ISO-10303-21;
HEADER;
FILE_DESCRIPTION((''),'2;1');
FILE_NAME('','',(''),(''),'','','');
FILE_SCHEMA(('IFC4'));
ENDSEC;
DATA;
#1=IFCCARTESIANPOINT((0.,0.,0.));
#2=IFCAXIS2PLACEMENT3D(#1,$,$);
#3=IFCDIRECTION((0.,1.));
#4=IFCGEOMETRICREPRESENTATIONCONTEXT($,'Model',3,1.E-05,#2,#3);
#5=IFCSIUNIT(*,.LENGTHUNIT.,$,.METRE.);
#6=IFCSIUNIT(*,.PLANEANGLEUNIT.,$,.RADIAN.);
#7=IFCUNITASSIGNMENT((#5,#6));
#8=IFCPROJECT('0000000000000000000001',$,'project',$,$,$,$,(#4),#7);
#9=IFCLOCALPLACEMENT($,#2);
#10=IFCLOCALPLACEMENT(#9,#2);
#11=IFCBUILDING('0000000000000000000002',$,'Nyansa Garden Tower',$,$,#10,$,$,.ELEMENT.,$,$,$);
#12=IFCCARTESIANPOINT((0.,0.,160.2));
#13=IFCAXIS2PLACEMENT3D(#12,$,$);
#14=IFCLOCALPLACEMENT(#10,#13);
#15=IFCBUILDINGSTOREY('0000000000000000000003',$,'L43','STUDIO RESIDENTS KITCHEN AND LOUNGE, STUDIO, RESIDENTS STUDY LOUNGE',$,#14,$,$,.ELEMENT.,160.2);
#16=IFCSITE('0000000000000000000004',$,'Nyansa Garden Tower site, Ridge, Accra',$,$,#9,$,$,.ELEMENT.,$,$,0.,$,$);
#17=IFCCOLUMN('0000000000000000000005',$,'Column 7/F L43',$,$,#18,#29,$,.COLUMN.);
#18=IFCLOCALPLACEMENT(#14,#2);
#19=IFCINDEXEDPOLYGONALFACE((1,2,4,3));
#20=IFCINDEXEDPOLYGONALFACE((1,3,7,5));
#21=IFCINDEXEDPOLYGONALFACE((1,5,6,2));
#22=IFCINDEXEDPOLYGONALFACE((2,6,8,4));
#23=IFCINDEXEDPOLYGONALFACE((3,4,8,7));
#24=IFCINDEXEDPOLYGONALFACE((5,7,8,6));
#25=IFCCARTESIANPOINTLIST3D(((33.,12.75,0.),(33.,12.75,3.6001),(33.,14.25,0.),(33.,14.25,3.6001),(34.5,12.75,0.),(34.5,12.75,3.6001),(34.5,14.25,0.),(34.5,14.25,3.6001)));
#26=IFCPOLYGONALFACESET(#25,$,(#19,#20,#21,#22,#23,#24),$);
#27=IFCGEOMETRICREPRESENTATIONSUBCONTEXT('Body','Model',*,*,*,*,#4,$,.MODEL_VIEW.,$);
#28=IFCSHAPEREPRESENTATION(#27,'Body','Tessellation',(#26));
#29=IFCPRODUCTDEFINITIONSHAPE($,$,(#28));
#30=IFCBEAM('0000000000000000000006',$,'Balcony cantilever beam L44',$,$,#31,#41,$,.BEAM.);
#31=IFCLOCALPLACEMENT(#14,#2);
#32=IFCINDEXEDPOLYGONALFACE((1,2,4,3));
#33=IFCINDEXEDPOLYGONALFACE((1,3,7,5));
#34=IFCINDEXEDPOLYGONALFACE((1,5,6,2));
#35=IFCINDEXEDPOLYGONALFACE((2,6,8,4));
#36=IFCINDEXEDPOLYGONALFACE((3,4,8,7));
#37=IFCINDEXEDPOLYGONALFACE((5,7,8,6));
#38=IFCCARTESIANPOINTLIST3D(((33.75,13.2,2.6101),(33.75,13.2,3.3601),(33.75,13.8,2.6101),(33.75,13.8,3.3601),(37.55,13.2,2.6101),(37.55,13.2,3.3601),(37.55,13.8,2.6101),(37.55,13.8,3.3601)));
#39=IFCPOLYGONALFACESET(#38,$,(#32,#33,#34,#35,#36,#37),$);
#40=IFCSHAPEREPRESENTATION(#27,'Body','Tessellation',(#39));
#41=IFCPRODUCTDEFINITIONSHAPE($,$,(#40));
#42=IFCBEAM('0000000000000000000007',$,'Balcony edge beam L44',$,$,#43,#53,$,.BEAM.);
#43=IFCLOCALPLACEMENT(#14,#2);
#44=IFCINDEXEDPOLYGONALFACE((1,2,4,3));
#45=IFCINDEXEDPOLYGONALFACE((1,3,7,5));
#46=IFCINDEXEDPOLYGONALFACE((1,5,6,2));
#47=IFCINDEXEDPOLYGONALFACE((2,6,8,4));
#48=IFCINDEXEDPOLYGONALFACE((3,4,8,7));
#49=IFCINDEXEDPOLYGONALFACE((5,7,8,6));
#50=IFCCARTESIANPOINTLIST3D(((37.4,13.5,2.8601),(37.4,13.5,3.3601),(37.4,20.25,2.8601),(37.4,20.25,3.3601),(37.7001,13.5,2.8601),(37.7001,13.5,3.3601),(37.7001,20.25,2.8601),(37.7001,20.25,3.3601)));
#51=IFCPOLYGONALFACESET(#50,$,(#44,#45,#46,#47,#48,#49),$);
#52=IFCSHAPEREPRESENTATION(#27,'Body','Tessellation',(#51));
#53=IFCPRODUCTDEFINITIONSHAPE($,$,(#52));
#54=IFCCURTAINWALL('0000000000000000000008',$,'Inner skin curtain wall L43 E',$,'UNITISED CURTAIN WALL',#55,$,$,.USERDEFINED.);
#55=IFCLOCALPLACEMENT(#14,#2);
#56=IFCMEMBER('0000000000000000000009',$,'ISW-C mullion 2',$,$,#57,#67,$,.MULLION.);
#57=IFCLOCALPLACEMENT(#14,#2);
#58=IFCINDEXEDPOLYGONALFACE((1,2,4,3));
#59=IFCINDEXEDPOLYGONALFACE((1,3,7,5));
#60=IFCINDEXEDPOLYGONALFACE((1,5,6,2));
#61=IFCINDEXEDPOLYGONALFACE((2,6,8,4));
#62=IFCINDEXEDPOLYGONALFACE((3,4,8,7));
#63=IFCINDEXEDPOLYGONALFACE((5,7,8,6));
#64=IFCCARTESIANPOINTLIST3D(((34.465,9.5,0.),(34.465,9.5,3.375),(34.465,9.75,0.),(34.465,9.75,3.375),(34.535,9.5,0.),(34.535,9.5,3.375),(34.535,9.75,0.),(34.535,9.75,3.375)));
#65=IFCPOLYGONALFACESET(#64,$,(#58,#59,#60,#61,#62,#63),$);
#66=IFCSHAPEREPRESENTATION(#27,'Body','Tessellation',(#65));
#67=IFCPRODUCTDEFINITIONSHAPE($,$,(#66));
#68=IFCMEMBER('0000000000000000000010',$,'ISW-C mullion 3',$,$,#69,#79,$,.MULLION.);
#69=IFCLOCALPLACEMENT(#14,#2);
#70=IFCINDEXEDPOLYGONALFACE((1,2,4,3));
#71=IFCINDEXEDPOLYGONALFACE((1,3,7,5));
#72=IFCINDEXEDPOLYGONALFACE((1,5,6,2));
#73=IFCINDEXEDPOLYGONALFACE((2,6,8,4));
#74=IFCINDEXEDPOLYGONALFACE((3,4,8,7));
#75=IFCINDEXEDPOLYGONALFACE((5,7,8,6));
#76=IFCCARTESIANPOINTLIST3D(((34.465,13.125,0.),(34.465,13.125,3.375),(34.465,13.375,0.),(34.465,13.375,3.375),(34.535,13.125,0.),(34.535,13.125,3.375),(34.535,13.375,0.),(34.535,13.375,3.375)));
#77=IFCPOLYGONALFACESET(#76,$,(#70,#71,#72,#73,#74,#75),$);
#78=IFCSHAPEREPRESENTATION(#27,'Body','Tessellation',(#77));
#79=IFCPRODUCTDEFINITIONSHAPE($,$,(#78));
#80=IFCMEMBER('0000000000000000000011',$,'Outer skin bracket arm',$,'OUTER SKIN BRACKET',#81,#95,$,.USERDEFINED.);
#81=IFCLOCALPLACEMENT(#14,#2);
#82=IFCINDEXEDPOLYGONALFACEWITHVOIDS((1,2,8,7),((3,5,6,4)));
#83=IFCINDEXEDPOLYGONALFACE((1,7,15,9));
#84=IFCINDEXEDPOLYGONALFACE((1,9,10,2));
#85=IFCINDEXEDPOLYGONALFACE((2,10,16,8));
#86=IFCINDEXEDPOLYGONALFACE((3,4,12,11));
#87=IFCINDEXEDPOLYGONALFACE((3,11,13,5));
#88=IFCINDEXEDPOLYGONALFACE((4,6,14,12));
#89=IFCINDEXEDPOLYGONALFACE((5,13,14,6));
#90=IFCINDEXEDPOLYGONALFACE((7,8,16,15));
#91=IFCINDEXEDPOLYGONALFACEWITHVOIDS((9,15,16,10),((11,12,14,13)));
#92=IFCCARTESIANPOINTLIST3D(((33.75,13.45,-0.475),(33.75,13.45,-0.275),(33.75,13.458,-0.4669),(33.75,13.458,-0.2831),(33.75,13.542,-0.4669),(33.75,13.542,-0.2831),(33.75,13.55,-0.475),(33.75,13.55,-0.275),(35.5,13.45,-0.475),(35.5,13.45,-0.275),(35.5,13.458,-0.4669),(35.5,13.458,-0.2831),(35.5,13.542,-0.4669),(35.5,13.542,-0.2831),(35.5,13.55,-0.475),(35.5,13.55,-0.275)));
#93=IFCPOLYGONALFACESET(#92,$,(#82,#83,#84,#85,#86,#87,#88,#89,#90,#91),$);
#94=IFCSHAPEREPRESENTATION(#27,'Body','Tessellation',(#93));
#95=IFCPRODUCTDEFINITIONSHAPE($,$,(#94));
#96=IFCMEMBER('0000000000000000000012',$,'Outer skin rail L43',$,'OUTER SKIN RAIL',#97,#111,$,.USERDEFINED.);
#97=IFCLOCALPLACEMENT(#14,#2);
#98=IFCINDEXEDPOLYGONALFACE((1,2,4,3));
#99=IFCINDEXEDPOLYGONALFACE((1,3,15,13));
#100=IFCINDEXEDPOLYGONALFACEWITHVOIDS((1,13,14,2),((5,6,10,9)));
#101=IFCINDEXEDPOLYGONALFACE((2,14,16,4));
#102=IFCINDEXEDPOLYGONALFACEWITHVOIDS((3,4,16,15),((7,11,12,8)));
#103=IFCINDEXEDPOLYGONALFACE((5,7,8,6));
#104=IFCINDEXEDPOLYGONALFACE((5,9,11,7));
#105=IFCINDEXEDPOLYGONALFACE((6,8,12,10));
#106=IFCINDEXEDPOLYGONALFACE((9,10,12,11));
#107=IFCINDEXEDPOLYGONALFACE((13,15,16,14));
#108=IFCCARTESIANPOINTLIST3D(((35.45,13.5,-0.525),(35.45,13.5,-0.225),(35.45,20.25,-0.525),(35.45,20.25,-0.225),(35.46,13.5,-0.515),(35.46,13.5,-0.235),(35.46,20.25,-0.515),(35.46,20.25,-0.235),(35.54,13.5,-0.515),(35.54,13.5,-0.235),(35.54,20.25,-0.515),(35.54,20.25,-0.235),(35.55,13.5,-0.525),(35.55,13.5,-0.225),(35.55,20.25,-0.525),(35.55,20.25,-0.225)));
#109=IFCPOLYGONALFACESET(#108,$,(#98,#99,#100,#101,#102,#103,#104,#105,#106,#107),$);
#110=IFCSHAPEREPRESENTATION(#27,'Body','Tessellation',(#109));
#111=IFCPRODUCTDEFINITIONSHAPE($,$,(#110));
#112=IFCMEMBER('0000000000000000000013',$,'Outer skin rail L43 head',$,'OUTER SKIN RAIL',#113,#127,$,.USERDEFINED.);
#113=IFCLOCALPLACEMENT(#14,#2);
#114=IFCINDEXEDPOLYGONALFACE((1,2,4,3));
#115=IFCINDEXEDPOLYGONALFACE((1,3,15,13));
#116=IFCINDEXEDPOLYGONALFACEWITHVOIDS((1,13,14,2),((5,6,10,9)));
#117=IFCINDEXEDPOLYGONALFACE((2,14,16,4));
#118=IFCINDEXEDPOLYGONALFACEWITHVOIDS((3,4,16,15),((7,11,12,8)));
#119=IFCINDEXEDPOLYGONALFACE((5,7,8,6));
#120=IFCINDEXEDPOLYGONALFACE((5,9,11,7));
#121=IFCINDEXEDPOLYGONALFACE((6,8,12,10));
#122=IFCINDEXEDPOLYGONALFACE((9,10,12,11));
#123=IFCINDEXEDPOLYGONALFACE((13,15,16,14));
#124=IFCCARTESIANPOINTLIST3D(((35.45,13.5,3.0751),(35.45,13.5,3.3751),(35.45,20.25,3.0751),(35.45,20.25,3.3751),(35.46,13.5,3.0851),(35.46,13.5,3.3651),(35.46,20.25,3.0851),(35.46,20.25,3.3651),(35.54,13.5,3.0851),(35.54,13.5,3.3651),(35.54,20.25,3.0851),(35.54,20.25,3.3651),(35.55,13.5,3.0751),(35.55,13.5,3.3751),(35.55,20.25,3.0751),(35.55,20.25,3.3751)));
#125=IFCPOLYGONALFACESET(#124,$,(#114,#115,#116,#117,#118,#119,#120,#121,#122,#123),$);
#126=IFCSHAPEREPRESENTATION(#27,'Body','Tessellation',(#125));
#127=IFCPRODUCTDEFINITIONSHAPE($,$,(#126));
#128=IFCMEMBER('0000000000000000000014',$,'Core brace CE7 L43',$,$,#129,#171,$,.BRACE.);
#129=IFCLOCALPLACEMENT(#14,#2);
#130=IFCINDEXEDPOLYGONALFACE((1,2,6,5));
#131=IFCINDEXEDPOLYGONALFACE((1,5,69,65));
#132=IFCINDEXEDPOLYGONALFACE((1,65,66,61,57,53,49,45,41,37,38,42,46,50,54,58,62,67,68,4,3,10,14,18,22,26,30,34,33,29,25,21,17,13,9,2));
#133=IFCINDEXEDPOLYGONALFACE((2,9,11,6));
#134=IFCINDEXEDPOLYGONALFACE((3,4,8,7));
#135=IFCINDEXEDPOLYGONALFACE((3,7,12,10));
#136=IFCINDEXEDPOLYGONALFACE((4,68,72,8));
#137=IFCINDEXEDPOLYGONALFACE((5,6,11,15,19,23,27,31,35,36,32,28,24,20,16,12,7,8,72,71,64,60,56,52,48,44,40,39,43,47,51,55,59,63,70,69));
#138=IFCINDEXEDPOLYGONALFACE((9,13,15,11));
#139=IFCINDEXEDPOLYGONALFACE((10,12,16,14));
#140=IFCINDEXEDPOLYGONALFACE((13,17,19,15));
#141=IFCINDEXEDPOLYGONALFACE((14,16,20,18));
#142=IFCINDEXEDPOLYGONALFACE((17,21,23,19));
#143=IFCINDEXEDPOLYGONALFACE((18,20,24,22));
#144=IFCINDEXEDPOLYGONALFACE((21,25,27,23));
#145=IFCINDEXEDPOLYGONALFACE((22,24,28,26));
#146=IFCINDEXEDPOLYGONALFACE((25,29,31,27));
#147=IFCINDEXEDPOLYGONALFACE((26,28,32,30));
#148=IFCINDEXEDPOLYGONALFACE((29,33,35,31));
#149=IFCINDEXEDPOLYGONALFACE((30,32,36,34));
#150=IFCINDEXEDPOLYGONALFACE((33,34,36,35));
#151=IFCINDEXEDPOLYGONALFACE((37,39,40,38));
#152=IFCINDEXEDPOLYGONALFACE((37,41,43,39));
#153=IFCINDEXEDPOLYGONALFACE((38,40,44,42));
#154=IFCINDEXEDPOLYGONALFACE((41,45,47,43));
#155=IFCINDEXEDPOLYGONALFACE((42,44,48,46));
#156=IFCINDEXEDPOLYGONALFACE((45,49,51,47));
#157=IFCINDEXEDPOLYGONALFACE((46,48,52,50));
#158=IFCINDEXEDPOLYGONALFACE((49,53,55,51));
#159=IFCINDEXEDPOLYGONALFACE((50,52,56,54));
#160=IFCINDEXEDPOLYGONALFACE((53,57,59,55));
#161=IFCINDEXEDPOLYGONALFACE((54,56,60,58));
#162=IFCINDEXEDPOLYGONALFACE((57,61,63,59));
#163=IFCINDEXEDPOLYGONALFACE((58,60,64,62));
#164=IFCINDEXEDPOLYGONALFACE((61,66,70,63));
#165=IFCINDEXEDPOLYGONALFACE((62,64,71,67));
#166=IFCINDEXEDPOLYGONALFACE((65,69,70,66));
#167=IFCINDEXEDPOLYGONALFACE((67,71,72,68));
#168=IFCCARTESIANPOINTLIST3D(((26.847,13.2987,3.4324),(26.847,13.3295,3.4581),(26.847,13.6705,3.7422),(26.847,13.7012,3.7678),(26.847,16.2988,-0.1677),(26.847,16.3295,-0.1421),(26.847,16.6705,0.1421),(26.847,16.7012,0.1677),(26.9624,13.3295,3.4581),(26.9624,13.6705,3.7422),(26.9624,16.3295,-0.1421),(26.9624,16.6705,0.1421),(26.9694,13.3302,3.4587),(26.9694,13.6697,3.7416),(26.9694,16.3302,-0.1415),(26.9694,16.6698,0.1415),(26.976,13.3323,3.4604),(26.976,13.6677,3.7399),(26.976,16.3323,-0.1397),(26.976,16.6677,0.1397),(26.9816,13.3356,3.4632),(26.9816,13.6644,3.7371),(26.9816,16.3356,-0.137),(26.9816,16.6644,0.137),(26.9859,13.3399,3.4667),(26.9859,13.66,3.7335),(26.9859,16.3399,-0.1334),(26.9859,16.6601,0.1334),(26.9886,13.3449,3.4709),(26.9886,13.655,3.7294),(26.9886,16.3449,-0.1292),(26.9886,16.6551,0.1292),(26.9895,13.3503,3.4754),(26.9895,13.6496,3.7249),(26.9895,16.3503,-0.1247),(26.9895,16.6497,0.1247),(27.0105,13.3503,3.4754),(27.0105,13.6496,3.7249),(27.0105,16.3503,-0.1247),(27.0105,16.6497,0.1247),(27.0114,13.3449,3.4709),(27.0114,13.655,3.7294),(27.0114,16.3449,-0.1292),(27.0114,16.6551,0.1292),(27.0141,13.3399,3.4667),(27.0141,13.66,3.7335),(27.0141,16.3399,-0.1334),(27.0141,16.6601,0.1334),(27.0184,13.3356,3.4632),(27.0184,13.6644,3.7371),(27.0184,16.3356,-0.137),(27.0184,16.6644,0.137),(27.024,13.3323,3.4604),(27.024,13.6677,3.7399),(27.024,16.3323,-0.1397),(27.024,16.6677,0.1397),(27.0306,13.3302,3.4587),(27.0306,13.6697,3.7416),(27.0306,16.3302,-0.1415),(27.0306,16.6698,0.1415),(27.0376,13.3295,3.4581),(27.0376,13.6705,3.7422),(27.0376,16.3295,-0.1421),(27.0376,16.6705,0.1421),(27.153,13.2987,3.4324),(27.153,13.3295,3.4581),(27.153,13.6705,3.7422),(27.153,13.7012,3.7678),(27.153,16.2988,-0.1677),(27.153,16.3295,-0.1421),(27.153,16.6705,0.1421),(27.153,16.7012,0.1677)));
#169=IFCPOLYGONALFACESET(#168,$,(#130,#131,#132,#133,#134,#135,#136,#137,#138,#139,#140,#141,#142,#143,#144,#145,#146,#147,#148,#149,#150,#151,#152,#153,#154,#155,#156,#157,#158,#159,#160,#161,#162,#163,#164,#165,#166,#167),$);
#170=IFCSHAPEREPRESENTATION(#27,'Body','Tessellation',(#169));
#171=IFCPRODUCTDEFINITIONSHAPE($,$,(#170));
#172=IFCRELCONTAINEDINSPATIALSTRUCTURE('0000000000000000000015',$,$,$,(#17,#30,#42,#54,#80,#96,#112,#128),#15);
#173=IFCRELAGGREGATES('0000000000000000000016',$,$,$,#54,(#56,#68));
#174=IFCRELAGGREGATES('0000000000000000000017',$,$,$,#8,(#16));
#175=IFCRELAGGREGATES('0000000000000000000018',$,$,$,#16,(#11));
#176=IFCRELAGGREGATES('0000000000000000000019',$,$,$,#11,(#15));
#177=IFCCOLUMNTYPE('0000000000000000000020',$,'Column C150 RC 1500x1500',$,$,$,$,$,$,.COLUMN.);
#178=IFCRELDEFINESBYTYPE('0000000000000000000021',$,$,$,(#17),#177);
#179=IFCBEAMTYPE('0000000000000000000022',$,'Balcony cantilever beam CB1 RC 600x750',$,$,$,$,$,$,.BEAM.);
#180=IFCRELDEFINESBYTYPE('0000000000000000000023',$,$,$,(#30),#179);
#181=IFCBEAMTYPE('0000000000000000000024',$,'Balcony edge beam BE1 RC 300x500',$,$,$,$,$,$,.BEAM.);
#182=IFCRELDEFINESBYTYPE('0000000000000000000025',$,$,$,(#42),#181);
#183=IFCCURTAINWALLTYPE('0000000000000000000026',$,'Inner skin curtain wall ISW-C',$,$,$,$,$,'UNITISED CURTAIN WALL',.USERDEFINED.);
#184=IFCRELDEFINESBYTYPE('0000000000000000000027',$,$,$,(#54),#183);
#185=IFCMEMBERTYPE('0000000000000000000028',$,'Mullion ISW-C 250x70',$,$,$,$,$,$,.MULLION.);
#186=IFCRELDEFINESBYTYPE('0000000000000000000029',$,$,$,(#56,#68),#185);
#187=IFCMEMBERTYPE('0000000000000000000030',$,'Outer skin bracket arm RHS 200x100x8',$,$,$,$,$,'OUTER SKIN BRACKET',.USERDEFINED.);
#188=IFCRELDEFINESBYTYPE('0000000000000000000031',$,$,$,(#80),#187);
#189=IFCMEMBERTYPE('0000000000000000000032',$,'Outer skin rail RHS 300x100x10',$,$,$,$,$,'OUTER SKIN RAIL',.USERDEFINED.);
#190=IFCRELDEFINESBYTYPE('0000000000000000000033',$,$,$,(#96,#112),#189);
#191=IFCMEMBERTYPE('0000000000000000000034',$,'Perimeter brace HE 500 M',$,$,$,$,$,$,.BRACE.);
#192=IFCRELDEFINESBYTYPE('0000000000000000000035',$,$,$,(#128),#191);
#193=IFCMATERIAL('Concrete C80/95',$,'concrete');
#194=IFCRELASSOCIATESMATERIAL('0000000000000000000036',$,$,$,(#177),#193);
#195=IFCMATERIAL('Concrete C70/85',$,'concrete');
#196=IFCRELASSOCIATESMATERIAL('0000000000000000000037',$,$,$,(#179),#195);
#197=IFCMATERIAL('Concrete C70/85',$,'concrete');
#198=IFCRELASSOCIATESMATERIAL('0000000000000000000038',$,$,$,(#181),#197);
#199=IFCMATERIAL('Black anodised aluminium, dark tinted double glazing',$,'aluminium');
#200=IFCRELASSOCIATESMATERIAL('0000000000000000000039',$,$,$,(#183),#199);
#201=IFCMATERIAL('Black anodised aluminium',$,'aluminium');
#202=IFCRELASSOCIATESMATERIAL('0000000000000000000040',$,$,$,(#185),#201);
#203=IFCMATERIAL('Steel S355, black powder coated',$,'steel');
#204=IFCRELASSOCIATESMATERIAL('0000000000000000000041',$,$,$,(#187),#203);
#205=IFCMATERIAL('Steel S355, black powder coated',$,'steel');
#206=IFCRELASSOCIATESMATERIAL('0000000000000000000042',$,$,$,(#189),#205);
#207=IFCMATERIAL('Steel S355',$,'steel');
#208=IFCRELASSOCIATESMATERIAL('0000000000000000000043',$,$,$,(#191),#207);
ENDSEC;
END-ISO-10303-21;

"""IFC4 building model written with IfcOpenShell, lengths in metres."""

from ifc_helpers import new_model, si_unit, direction, frame, origin, origin_2d, place, context, subcontext, project, spatial, rectangle, hollow_rectangle, i_section, extrude, material, material_profile, profile_set, type_object, element, aggregate, save


model = new_model("IFC4")

# Units and contexts
model_context = context("Model", 3, precision=1e-05, world=origin(), true_north=direction((0.0, 1.0)))
body_context = subcontext(model_context, "Body", "Model", "MODEL_VIEW")
ifc_project = project(units=[si_unit("LENGTHUNIT", "METRE"), si_unit("PLANEANGLEUNIT", "RADIAN")], contexts=[model_context])

# Site, building, storey
site_placement = place(None, origin())
site = spatial("IfcSite", under=ifc_project, at=site_placement, Name="Nyansa Garden Tower site, Ridge, Accra", CompositionType="ELEMENT", RefElevation=0.0)
building_placement = place(site_placement, origin())
building = spatial("IfcBuilding", under=site, at=building_placement, Name="Nyansa Garden Tower", CompositionType="ELEMENT")
storey_placement = place(building_placement, frame((0.0, 0.0, 160.2)))
storey = spatial("IfcBuildingStorey", under=building, at=storey_placement, Name="L43", Description="STUDIO RESIDENTS KITCHEN AND LOUNGE, STUDIO, RESIDENTS STUDY LOUNGE", CompositionType="ELEMENT", Elevation=160.2)

# Column
ifc_material_1 = material(Name="Concrete C80/95", Category="concrete")
ifc_material_profile_1 = material_profile(ifc_material_1, rectangle(XDim=1.5, YDim=1.5, at=origin_2d()), Name="RC 1500x1500")
ifc_profile_set_1 = profile_set([ifc_material_profile_1], Name="Concrete C80/95")
column_type = type_object("IfcColumnType", Name="Column C150 RC 1500x1500", PredefinedType="COLUMN", material=ifc_profile_set_1)
column_placement = place(storey_placement, frame((33.75, 13.5, 0.0), z_axis=(0.0, 0.0, 1.0), x_axis=(1.0, 0.0, 0.0)))
element("IfcColumn", 1, at=column_placement, inside=storey, type_object=column_type, Name="Column 7/F L43", PredefinedType="COLUMN", context=body_context, shape_type="SweptSolid", body=[
    extrude(rectangle(XDim=1.5, YDim=1.5, at=origin_2d()), origin(), (0.0, 0.0, 1.0), 3.6001),
])

# Beams
ifc_material_2 = material(Name="Concrete C70/85", Category="concrete")
ifc_material_profile_2 = material_profile(ifc_material_2, rectangle(XDim=0.6001, YDim=0.75, at=origin_2d()), Name="RC 600x750")
ifc_profile_set_2 = profile_set([ifc_material_profile_2], Name="Concrete C70/85")
beam_type_1 = type_object("IfcBeamType", Name="Balcony cantilever beam CB1 RC 600x750", PredefinedType="BEAM", material=ifc_profile_set_2)
beam_1_placement = place(storey_placement, frame((33.75, 13.5, 2.9851), z_axis=(1.0, 0.0, 0.0), x_axis=(0.0, 1.0, 0.0)))
element("IfcBeam", 2, at=beam_1_placement, inside=storey, type_object=beam_type_1, Name="Balcony cantilever beam L44", PredefinedType="BEAM", context=body_context, shape_type="SweptSolid", body=[
    extrude(rectangle(XDim=0.6001, YDim=0.75, at=origin_2d()), origin(), (0.0, 0.0, 1.0), 3.8),
])
ifc_material_3 = material(Name="Concrete C70/85", Category="concrete")
ifc_material_profile_3 = material_profile(ifc_material_3, rectangle(XDim=0.3, YDim=0.5, at=origin_2d()), Name="RC 300x500")
ifc_profile_set_3 = profile_set([ifc_material_profile_3], Name="Concrete C70/85")
beam_type_2 = type_object("IfcBeamType", Name="Balcony edge beam BE1 RC 300x500", PredefinedType="BEAM", material=ifc_profile_set_3)
beam_2_placement = place(storey_placement, frame((37.55, 13.5, 3.1101), z_axis=(0.0, 1.0, 0.0), x_axis=(-1.0, 0.0, 0.0)))
element("IfcBeam", 3, at=beam_2_placement, inside=storey, type_object=beam_type_2, Name="Balcony edge beam L44", PredefinedType="BEAM", context=body_context, shape_type="SweptSolid", body=[
    extrude(rectangle(XDim=0.3, YDim=0.5, at=origin_2d()), origin(), (0.0, 0.0, 1.0), 6.75),
])

# Curtain wall, members
ifc_material_4 = material(Name="Black anodised aluminium, dark tinted double glazing", Category="aluminium")
curtain_wall_type = type_object("IfcCurtainWallType", Name="Inner skin curtain wall ISW-C", ElementType="UNITISED CURTAIN WALL", PredefinedType="USERDEFINED", material=ifc_material_4)
curtain_wall_placement = place(storey_placement, origin())
curtain_wall = element("IfcCurtainWall", 4, at=curtain_wall_placement, inside=storey, type_object=curtain_wall_type, Name="Inner skin curtain wall L43 E", ObjectType="UNITISED CURTAIN WALL", PredefinedType="USERDEFINED")
ifc_material_5 = material(Name="Black anodised aluminium", Category="aluminium")
ifc_material_profile_4 = material_profile(ifc_material_5, rectangle(XDim=0.0701, YDim=0.25, at=origin_2d()), Name="Mullion 250x70")
ifc_profile_set_4 = profile_set([ifc_material_profile_4], Name="Black anodised aluminium")
member_type_1 = type_object("IfcMemberType", Name="Mullion ISW-C 250x70", PredefinedType="MULLION", material=ifc_profile_set_4)
member_1_placement = place(storey_placement, frame((34.5, 9.625, 0.0), z_axis=(0.0, 0.0, 1.0), x_axis=(-1.0, 0.0, 0.0)))
member_1 = element("IfcMember", 5, at=member_1_placement, type_object=member_type_1, Name="ISW-C mullion 2", PredefinedType="MULLION", context=body_context, shape_type="SweptSolid", body=[
    extrude(rectangle(XDim=0.0701, YDim=0.25, at=origin_2d()), origin(), (0.0, 0.0, 1.0), 3.375),
])
member_2_placement = place(storey_placement, frame((34.5, 13.25, 0.0), z_axis=(0.0, 0.0, 1.0), x_axis=(-1.0, 0.0, 0.0)))
member_2 = element("IfcMember", 6, at=member_2_placement, type_object=member_type_1, Name="ISW-C mullion 3", PredefinedType="MULLION", context=body_context, shape_type="SweptSolid", body=[
    extrude(rectangle(XDim=0.0701, YDim=0.25, at=origin_2d()), origin(), (0.0, 0.0, 1.0), 3.375),
])

# Members
ifc_material_6 = material(Name="Steel S355, black powder coated", Category="steel")
ifc_material_profile_5 = material_profile(ifc_material_6, hollow_rectangle(XDim=0.1001, YDim=0.2, WallThickness=0.0081, at=origin_2d()), Name="RHS 200x100x8")
ifc_profile_set_5 = profile_set([ifc_material_profile_5], Name="Steel S355, black powder coated")
member_type_2 = type_object("IfcMemberType", Name="Outer skin bracket arm RHS 200x100x8", ElementType="OUTER SKIN BRACKET", PredefinedType="USERDEFINED", material=ifc_profile_set_5)
member_3_placement = place(storey_placement, frame((33.75, 13.5, -0.375), z_axis=(1.0, 0.0, 0.0), x_axis=(0.0, 1.0, 0.0)))
element("IfcMember", 7, at=member_3_placement, inside=storey, type_object=member_type_2, Name="Outer skin bracket arm", ObjectType="OUTER SKIN BRACKET", PredefinedType="USERDEFINED", context=body_context, shape_type="SweptSolid", body=[
    extrude(hollow_rectangle(XDim=0.1001, YDim=0.2, WallThickness=0.0081, at=origin_2d()), origin(), (0.0, 0.0, 1.0), 1.75),
])
ifc_material_7 = material(Name="Steel S355, black powder coated", Category="steel")
ifc_material_profile_6 = material_profile(ifc_material_7, hollow_rectangle(XDim=0.1001, YDim=0.3, WallThickness=0.01, at=origin_2d()), Name="RHS 300x100x10")
ifc_profile_set_6 = profile_set([ifc_material_profile_6], Name="Steel S355, black powder coated")
member_type_3 = type_object("IfcMemberType", Name="Outer skin rail RHS 300x100x10", ElementType="OUTER SKIN RAIL", PredefinedType="USERDEFINED", material=ifc_profile_set_6)
for number, where, z_axis, x_axis, name in (
    (8, (35.5, 13.5, -0.375), (0.0, 1.0, 0.0), (-1.0, 0.0, 0.0), "Outer skin rail L43"),
    (9, (35.5, 13.5, 3.2251), (0.0, 1.0, 0.0), (-1.0, 0.0, 0.0), "Outer skin rail L43 head"),
):
    element("IfcMember", number, at=place(storey_placement, frame(where, z_axis=z_axis, x_axis=x_axis)), inside=storey, type_object=member_type_3, Name=name, ObjectType="OUTER SKIN RAIL", PredefinedType="USERDEFINED", context=body_context, shape_type="SweptSolid", body=[
        extrude(hollow_rectangle(XDim=0.1001, YDim=0.3, WallThickness=0.01, at=origin_2d()), origin(), (0.0, 0.0, 1.0), 6.75),
    ])
ifc_material_8 = material(Name="Steel S355", Category="steel")
ifc_material_profile_7 = material_profile(ifc_material_8, i_section(OverallWidth=0.3059, OverallDepth=0.5239, WebThickness=0.021, FlangeThickness=0.04, FilletRadius=0.0271, at=origin_2d()), Name="HE 500 M")
ifc_profile_set_7 = profile_set([ifc_material_profile_7], Name="Steel S355")
member_type_4 = type_object("IfcMemberType", Name="Perimeter brace HE 500 M", PredefinedType="BRACE", material=ifc_profile_set_7)
member_4_placement = place(storey_placement, frame((27.0, 16.5, 0.0), z_axis=(0.0, -0.640174, 0.76823), x_axis=(1.0, 0.0, 0.0)))
element("IfcMember", 10, at=member_4_placement, inside=storey, type_object=member_type_4, Name="Core brace CE7 L43", PredefinedType="BRACE", context=body_context, shape_type="SweptSolid", body=[
    extrude(i_section(OverallWidth=0.3059, OverallDepth=0.5239, WebThickness=0.021, FlangeThickness=0.04, FilletRadius=0.0271, at=origin_2d()), origin(), (0.0, 0.0, 1.0), 4.6863),
])

aggregate(curtain_wall, [member_1, member_2])

save(model, "model.ifc")
